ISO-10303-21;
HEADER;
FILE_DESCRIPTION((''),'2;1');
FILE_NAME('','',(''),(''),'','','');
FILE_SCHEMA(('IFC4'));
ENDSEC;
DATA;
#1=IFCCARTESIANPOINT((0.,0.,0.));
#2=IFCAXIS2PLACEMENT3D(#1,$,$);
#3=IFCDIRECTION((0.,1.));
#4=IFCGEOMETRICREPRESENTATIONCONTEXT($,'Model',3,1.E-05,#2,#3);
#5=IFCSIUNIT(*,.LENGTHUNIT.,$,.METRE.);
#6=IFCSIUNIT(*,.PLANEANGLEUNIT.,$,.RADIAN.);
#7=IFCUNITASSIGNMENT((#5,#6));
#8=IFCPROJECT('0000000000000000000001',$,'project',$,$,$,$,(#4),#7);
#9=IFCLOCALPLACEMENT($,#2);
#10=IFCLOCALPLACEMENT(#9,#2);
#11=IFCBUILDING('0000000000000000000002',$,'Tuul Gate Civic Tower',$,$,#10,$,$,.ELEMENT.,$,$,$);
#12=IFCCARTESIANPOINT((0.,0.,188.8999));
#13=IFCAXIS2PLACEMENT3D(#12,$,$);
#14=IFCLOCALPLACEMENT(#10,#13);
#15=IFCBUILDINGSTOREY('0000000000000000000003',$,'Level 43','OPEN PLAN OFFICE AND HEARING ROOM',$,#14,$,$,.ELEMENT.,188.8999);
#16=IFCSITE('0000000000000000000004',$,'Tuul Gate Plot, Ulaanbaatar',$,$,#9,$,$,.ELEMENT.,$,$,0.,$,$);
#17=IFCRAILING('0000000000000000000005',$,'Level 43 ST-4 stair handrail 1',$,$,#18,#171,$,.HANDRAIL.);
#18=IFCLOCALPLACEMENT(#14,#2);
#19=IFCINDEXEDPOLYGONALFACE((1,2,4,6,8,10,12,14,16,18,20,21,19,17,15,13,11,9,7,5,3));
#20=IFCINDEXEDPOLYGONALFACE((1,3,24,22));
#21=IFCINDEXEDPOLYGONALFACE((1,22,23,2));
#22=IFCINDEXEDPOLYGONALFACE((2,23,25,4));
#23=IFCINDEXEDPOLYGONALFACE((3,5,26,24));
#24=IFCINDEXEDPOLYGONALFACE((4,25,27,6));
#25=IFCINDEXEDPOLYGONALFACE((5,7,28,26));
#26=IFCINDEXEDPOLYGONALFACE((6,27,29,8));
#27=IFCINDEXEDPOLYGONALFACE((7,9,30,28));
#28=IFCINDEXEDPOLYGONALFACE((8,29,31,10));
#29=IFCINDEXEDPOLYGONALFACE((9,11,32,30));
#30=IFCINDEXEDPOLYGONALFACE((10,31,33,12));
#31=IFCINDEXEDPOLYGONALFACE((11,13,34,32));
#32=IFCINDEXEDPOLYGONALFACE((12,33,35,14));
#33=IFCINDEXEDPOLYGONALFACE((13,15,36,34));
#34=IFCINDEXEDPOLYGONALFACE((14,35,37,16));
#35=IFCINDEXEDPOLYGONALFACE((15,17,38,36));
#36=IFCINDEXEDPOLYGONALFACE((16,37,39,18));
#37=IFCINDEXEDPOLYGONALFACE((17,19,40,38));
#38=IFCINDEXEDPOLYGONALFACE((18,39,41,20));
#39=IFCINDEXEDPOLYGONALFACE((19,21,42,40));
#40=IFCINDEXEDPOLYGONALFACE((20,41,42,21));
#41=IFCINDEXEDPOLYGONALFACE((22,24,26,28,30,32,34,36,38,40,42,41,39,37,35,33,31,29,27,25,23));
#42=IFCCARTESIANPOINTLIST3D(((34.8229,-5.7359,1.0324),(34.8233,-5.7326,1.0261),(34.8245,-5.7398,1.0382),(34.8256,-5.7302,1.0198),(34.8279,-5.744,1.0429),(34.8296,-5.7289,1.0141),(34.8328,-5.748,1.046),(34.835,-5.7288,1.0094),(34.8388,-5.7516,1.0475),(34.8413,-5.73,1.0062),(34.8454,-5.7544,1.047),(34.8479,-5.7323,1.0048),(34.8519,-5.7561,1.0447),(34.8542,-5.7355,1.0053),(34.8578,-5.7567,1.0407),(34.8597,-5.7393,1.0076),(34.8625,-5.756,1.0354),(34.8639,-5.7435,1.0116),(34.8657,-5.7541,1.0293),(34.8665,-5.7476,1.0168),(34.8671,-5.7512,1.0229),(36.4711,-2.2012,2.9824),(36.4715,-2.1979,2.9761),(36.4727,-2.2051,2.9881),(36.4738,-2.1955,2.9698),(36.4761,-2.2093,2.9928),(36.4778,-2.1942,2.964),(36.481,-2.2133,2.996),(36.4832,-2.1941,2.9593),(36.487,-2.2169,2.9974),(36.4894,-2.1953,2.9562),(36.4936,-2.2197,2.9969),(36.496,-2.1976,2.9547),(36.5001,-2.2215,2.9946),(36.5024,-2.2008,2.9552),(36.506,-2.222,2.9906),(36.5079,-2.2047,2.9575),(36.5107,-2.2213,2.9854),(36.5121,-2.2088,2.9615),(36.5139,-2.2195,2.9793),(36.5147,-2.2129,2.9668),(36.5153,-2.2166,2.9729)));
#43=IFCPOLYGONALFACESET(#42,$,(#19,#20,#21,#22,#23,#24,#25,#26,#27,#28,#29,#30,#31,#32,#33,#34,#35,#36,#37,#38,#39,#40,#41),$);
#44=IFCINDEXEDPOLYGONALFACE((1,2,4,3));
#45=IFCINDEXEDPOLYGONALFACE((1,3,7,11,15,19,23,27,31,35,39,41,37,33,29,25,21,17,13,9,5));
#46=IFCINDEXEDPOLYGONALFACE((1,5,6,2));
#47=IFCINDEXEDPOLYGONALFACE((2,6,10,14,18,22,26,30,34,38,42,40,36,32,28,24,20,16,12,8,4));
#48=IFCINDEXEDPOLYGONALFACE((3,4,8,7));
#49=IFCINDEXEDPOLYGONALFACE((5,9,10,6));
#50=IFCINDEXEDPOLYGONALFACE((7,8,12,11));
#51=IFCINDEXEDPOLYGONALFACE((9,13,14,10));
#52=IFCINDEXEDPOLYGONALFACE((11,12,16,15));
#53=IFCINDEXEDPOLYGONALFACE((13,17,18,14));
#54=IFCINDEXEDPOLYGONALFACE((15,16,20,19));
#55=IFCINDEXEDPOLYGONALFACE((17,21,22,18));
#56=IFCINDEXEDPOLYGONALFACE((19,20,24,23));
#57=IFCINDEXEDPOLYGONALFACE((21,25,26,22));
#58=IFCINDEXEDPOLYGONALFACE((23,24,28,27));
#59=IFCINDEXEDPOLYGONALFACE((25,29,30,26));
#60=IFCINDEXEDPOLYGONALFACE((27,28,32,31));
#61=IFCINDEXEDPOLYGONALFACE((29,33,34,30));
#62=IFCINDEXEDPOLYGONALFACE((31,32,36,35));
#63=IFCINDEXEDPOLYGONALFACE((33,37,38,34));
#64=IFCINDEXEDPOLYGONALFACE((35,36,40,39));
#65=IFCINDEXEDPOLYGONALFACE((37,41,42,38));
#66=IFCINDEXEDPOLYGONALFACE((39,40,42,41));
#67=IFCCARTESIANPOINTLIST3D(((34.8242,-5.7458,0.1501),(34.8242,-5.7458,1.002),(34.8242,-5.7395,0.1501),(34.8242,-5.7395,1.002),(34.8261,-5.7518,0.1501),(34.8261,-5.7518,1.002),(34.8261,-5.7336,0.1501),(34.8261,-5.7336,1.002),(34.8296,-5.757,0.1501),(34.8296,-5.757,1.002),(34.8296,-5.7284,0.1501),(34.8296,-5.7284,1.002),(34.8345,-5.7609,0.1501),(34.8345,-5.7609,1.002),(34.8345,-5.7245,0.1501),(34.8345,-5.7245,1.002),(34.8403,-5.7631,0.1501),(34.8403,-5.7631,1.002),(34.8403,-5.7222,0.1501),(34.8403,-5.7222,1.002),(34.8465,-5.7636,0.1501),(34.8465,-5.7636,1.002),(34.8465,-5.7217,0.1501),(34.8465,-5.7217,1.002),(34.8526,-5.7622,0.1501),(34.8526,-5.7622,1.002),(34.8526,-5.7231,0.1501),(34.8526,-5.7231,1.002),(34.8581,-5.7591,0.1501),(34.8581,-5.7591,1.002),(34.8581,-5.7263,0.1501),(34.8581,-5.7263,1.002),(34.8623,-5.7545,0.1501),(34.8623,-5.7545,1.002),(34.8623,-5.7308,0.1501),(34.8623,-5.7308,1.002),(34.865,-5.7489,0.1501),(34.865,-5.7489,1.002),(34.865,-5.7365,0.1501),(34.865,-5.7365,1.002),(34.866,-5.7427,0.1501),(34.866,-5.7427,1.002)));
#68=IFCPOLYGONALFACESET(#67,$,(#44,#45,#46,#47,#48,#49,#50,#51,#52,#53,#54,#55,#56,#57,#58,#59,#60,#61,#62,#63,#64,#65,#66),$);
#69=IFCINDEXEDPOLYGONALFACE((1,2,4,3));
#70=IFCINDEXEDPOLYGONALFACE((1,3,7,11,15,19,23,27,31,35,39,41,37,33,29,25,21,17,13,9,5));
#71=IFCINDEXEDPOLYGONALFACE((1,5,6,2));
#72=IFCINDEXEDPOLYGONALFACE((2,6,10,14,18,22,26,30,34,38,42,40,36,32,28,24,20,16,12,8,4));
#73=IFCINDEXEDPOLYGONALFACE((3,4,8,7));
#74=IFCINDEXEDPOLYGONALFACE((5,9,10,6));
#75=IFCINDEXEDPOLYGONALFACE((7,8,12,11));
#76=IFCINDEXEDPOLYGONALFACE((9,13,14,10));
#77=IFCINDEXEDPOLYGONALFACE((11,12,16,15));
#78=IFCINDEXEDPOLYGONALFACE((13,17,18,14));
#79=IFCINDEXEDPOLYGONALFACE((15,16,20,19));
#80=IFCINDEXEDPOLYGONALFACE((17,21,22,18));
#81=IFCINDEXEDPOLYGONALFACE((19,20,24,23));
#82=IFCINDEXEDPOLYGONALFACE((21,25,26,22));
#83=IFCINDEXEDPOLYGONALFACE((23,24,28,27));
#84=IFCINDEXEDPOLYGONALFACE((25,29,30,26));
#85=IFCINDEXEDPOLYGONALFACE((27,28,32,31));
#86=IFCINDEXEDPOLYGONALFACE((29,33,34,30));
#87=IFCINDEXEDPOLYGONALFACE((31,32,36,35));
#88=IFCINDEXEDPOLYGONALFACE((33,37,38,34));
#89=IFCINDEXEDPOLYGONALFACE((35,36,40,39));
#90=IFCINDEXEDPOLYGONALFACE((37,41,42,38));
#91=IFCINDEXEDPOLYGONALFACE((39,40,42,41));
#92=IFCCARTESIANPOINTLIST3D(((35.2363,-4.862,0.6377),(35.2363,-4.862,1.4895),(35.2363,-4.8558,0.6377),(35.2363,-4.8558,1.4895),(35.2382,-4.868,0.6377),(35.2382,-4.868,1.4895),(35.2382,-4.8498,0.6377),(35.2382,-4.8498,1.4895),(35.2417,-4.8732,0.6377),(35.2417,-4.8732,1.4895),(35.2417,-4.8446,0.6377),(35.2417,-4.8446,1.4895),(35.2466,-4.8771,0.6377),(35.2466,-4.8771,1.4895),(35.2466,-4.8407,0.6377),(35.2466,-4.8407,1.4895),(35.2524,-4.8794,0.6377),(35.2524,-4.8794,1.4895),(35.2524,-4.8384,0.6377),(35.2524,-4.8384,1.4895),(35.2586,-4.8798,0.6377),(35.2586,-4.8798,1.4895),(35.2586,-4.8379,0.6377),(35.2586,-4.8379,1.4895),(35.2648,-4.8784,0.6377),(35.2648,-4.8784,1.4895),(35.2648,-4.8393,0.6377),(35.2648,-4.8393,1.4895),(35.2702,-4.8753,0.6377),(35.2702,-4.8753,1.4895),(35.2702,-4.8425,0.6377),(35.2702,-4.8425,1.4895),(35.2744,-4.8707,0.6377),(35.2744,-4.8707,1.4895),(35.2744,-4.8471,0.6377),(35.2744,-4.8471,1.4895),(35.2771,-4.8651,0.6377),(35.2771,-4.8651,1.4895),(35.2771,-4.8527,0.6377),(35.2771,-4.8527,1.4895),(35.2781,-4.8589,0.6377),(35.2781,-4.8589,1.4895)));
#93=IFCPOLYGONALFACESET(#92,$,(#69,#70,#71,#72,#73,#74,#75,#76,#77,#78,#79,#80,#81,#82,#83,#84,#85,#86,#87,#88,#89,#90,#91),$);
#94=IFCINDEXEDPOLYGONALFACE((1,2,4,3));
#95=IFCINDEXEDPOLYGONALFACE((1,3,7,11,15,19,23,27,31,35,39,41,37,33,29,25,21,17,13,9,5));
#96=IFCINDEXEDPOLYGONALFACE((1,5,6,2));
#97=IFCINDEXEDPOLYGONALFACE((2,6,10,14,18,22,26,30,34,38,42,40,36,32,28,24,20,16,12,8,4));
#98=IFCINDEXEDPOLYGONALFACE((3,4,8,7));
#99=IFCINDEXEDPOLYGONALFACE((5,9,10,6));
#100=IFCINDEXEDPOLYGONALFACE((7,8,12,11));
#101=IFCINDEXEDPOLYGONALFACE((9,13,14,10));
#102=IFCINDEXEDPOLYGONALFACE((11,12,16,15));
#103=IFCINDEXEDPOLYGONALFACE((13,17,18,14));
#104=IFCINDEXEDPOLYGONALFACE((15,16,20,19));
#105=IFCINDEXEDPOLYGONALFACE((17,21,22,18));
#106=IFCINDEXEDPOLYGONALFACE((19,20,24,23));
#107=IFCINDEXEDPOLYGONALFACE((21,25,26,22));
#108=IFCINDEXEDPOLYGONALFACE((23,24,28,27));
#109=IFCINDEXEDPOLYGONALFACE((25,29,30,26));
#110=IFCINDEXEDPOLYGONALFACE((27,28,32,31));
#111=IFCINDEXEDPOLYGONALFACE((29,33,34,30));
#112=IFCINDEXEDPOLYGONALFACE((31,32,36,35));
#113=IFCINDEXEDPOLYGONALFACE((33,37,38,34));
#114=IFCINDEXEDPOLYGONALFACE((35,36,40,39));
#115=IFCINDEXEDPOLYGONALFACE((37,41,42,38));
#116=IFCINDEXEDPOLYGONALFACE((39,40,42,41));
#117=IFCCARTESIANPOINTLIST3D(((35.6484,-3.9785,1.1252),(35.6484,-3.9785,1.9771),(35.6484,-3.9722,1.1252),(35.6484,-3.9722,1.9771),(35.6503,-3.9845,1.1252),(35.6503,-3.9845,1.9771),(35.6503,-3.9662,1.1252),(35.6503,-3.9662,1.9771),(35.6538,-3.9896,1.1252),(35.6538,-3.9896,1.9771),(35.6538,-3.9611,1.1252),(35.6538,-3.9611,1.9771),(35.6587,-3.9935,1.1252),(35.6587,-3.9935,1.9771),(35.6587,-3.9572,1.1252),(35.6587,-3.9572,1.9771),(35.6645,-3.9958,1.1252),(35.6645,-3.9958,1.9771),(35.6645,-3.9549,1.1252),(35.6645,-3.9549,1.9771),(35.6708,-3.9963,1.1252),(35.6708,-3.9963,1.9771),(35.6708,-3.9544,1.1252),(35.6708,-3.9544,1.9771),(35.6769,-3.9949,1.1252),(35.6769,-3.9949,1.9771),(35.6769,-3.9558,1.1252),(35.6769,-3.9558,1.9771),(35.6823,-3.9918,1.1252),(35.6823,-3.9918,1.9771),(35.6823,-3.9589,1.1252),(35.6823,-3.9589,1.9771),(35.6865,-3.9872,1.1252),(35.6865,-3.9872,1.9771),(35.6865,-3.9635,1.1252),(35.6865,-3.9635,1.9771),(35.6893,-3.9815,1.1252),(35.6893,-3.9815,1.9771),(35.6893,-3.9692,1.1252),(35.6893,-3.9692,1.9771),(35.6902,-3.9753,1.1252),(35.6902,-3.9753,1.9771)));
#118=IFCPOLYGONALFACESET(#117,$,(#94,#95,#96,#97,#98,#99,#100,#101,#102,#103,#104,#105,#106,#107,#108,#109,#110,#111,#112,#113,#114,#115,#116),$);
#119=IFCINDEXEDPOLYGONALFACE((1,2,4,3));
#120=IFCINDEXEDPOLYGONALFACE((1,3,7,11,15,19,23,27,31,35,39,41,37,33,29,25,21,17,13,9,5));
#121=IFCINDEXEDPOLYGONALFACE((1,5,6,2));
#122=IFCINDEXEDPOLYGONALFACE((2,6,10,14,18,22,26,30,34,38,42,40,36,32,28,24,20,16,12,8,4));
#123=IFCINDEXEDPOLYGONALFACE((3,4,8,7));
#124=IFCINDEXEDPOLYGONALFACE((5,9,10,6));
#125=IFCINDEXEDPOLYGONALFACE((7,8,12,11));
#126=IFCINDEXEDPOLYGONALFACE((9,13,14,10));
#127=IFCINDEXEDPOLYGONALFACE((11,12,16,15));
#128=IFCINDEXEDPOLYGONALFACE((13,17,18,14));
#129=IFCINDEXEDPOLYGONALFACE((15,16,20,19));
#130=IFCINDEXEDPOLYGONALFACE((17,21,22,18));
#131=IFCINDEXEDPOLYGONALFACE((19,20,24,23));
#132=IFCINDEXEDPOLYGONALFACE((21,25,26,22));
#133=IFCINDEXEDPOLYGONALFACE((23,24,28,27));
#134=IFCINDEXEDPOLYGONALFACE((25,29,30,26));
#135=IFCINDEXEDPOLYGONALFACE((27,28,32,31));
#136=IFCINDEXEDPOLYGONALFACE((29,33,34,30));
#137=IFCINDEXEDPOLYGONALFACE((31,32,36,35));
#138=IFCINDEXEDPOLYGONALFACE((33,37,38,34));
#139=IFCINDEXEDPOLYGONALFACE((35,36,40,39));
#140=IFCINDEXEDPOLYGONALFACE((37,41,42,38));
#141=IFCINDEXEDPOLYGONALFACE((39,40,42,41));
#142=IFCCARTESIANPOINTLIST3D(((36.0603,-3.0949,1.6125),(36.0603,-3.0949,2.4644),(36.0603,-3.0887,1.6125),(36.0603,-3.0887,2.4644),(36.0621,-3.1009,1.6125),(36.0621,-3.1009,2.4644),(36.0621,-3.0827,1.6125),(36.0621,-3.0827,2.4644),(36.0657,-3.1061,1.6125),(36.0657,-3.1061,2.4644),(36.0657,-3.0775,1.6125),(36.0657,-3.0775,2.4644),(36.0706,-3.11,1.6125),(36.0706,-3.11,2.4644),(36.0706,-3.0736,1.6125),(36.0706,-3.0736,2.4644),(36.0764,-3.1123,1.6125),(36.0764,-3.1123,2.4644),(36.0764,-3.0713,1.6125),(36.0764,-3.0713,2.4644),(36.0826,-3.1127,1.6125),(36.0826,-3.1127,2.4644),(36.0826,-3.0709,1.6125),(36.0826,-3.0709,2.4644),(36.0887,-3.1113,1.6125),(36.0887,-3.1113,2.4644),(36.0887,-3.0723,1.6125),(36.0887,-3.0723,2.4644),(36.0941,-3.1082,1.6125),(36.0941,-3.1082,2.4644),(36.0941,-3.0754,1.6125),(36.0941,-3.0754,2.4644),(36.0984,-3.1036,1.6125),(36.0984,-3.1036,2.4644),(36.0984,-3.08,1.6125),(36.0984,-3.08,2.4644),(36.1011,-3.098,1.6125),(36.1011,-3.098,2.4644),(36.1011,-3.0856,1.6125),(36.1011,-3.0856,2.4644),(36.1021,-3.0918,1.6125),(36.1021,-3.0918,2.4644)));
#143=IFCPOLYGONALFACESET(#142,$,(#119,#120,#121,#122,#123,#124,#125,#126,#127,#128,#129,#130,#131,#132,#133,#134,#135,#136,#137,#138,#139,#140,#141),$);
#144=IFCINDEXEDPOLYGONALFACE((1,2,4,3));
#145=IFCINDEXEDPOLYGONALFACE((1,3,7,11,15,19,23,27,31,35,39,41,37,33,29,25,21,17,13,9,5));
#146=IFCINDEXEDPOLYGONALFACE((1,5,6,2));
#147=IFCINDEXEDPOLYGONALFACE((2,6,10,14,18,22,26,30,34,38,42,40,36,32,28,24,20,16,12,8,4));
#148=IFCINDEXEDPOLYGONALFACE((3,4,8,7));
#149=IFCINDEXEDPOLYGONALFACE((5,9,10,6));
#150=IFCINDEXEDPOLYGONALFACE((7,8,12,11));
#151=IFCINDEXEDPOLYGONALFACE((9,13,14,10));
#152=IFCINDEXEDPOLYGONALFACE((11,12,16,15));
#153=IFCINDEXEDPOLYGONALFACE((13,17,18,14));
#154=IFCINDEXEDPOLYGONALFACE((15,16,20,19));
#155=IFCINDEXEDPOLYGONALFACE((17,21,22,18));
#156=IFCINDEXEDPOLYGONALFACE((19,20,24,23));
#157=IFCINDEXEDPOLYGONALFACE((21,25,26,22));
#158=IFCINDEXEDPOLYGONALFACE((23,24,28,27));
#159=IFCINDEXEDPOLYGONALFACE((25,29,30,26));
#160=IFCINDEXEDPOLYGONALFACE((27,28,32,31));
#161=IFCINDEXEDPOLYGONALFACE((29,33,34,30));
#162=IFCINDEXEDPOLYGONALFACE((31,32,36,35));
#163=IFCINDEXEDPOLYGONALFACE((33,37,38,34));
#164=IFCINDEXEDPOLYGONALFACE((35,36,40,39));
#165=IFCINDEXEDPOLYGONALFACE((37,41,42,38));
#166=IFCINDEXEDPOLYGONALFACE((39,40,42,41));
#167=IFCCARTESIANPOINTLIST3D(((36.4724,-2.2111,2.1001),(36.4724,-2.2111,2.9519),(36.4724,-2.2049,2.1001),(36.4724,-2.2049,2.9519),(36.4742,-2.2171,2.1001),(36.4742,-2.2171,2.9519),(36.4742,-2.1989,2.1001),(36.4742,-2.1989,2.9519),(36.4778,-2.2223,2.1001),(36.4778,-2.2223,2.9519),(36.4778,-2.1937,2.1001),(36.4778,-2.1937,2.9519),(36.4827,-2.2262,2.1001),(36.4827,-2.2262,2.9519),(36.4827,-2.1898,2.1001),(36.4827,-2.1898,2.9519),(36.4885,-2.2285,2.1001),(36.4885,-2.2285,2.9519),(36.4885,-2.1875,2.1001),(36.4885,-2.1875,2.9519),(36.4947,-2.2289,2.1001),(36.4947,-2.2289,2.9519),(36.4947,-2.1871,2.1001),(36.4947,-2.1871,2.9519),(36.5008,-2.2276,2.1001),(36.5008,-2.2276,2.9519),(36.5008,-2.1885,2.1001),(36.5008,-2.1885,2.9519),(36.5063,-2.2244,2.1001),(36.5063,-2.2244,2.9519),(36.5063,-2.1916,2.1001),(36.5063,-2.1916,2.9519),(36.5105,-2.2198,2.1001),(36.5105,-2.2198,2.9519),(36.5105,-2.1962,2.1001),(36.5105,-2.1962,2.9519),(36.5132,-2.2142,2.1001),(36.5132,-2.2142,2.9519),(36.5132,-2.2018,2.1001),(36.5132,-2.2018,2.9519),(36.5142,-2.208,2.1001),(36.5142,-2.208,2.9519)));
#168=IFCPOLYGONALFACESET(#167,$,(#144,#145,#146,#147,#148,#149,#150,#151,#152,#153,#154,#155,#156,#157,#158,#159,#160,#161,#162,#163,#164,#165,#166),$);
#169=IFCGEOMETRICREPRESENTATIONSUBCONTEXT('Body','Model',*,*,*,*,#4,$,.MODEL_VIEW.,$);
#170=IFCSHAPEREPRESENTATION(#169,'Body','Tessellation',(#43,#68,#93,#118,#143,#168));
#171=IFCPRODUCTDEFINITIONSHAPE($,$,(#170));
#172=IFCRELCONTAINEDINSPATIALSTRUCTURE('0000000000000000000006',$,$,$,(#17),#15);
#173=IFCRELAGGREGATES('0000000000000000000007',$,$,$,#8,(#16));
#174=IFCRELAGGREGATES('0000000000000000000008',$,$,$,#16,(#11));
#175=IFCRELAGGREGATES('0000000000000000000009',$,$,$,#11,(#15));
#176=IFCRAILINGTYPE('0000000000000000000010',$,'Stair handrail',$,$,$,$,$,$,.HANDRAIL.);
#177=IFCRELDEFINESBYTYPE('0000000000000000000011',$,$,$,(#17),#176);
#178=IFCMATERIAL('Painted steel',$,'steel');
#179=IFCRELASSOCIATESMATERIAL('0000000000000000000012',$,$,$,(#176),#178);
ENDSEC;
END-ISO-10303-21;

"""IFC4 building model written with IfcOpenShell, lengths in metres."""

from ifc_helpers import new_model, si_unit, direction, frame, origin, origin_2d, place, context, subcontext, project, spatial, circle, extrude, material, type_object, element, save


model = new_model("IFC4")

# Units and contexts
model_context = context("Model", 3, precision=1e-05, world=origin(), true_north=direction((0.0, 1.0)))
body_context = subcontext(model_context, "Body", "Model", "MODEL_VIEW")
ifc_project = project(units=[si_unit("LENGTHUNIT", "METRE"), si_unit("PLANEANGLEUNIT", "RADIAN")], contexts=[model_context])

# Site, building, storey
site_placement = place(None, origin())
site = spatial("IfcSite", under=ifc_project, at=site_placement, Name="Tuul Gate Plot, Ulaanbaatar", CompositionType="ELEMENT", RefElevation=0.0)
building_placement = place(site_placement, origin())
building = spatial("IfcBuilding", under=site, at=building_placement, Name="Tuul Gate Civic Tower", CompositionType="ELEMENT")
storey_placement = place(building_placement, frame((0.0, 0.0, 188.8999)))
storey = spatial("IfcBuildingStorey", under=building, at=storey_placement, Name="Level 43", Description="OPEN PLAN OFFICE AND HEARING ROOM", CompositionType="ELEMENT", Elevation=188.8999)

# Railing
ifc_material_1 = material(Name="Painted steel", Category="steel")
railing_type = type_object("IfcRailingType", Name="Stair handrail", PredefinedType="HANDRAIL", material=ifc_material_1)
railing_1_placement = place(storey_placement, frame((34.845, -5.7427, 0.1501)))
element("IfcRailing", 1, at=railing_1_placement, inside=storey, type_object=railing_type, Name="Level 43 ST-4 stair handrail 1", PredefinedType="HANDRAIL", context=body_context, shape_type="SweptSolid", body=[
    extrude(circle(Radius=0.0239, at=origin_2d()), frame((0.0, 0.0, 0.876), z_axis=(0.377995, 0.810637, 0.4472), x_axis=(-0.906313, 0.422608, 0.0)), (0.0, 0.0, 1.0), 4.3604),
    extrude(circle(Radius=0.021, at=origin_2d()), origin(), (0.0, 0.0, 1.0), 0.8518),
    extrude(circle(Radius=0.021, at=origin_2d()), frame((0.4121, 0.8838, 0.4875)), (0.0, 0.0, 1.0), 0.8518),
    extrude(circle(Radius=0.021, at=origin_2d()), frame((0.8242, 1.7673, 0.9751)), (0.0, 0.0, 1.0), 0.8518),
    extrude(circle(Radius=0.021, at=origin_2d()), frame((1.2361, 2.6509, 1.4624)), (0.0, 0.0, 1.0), 0.8518),
    extrude(circle(Radius=0.021, at=origin_2d()), frame((1.6482, 3.5347, 1.95)), (0.0, 0.0, 1.0), 0.8518),
])

save(model, "model.ifc")
